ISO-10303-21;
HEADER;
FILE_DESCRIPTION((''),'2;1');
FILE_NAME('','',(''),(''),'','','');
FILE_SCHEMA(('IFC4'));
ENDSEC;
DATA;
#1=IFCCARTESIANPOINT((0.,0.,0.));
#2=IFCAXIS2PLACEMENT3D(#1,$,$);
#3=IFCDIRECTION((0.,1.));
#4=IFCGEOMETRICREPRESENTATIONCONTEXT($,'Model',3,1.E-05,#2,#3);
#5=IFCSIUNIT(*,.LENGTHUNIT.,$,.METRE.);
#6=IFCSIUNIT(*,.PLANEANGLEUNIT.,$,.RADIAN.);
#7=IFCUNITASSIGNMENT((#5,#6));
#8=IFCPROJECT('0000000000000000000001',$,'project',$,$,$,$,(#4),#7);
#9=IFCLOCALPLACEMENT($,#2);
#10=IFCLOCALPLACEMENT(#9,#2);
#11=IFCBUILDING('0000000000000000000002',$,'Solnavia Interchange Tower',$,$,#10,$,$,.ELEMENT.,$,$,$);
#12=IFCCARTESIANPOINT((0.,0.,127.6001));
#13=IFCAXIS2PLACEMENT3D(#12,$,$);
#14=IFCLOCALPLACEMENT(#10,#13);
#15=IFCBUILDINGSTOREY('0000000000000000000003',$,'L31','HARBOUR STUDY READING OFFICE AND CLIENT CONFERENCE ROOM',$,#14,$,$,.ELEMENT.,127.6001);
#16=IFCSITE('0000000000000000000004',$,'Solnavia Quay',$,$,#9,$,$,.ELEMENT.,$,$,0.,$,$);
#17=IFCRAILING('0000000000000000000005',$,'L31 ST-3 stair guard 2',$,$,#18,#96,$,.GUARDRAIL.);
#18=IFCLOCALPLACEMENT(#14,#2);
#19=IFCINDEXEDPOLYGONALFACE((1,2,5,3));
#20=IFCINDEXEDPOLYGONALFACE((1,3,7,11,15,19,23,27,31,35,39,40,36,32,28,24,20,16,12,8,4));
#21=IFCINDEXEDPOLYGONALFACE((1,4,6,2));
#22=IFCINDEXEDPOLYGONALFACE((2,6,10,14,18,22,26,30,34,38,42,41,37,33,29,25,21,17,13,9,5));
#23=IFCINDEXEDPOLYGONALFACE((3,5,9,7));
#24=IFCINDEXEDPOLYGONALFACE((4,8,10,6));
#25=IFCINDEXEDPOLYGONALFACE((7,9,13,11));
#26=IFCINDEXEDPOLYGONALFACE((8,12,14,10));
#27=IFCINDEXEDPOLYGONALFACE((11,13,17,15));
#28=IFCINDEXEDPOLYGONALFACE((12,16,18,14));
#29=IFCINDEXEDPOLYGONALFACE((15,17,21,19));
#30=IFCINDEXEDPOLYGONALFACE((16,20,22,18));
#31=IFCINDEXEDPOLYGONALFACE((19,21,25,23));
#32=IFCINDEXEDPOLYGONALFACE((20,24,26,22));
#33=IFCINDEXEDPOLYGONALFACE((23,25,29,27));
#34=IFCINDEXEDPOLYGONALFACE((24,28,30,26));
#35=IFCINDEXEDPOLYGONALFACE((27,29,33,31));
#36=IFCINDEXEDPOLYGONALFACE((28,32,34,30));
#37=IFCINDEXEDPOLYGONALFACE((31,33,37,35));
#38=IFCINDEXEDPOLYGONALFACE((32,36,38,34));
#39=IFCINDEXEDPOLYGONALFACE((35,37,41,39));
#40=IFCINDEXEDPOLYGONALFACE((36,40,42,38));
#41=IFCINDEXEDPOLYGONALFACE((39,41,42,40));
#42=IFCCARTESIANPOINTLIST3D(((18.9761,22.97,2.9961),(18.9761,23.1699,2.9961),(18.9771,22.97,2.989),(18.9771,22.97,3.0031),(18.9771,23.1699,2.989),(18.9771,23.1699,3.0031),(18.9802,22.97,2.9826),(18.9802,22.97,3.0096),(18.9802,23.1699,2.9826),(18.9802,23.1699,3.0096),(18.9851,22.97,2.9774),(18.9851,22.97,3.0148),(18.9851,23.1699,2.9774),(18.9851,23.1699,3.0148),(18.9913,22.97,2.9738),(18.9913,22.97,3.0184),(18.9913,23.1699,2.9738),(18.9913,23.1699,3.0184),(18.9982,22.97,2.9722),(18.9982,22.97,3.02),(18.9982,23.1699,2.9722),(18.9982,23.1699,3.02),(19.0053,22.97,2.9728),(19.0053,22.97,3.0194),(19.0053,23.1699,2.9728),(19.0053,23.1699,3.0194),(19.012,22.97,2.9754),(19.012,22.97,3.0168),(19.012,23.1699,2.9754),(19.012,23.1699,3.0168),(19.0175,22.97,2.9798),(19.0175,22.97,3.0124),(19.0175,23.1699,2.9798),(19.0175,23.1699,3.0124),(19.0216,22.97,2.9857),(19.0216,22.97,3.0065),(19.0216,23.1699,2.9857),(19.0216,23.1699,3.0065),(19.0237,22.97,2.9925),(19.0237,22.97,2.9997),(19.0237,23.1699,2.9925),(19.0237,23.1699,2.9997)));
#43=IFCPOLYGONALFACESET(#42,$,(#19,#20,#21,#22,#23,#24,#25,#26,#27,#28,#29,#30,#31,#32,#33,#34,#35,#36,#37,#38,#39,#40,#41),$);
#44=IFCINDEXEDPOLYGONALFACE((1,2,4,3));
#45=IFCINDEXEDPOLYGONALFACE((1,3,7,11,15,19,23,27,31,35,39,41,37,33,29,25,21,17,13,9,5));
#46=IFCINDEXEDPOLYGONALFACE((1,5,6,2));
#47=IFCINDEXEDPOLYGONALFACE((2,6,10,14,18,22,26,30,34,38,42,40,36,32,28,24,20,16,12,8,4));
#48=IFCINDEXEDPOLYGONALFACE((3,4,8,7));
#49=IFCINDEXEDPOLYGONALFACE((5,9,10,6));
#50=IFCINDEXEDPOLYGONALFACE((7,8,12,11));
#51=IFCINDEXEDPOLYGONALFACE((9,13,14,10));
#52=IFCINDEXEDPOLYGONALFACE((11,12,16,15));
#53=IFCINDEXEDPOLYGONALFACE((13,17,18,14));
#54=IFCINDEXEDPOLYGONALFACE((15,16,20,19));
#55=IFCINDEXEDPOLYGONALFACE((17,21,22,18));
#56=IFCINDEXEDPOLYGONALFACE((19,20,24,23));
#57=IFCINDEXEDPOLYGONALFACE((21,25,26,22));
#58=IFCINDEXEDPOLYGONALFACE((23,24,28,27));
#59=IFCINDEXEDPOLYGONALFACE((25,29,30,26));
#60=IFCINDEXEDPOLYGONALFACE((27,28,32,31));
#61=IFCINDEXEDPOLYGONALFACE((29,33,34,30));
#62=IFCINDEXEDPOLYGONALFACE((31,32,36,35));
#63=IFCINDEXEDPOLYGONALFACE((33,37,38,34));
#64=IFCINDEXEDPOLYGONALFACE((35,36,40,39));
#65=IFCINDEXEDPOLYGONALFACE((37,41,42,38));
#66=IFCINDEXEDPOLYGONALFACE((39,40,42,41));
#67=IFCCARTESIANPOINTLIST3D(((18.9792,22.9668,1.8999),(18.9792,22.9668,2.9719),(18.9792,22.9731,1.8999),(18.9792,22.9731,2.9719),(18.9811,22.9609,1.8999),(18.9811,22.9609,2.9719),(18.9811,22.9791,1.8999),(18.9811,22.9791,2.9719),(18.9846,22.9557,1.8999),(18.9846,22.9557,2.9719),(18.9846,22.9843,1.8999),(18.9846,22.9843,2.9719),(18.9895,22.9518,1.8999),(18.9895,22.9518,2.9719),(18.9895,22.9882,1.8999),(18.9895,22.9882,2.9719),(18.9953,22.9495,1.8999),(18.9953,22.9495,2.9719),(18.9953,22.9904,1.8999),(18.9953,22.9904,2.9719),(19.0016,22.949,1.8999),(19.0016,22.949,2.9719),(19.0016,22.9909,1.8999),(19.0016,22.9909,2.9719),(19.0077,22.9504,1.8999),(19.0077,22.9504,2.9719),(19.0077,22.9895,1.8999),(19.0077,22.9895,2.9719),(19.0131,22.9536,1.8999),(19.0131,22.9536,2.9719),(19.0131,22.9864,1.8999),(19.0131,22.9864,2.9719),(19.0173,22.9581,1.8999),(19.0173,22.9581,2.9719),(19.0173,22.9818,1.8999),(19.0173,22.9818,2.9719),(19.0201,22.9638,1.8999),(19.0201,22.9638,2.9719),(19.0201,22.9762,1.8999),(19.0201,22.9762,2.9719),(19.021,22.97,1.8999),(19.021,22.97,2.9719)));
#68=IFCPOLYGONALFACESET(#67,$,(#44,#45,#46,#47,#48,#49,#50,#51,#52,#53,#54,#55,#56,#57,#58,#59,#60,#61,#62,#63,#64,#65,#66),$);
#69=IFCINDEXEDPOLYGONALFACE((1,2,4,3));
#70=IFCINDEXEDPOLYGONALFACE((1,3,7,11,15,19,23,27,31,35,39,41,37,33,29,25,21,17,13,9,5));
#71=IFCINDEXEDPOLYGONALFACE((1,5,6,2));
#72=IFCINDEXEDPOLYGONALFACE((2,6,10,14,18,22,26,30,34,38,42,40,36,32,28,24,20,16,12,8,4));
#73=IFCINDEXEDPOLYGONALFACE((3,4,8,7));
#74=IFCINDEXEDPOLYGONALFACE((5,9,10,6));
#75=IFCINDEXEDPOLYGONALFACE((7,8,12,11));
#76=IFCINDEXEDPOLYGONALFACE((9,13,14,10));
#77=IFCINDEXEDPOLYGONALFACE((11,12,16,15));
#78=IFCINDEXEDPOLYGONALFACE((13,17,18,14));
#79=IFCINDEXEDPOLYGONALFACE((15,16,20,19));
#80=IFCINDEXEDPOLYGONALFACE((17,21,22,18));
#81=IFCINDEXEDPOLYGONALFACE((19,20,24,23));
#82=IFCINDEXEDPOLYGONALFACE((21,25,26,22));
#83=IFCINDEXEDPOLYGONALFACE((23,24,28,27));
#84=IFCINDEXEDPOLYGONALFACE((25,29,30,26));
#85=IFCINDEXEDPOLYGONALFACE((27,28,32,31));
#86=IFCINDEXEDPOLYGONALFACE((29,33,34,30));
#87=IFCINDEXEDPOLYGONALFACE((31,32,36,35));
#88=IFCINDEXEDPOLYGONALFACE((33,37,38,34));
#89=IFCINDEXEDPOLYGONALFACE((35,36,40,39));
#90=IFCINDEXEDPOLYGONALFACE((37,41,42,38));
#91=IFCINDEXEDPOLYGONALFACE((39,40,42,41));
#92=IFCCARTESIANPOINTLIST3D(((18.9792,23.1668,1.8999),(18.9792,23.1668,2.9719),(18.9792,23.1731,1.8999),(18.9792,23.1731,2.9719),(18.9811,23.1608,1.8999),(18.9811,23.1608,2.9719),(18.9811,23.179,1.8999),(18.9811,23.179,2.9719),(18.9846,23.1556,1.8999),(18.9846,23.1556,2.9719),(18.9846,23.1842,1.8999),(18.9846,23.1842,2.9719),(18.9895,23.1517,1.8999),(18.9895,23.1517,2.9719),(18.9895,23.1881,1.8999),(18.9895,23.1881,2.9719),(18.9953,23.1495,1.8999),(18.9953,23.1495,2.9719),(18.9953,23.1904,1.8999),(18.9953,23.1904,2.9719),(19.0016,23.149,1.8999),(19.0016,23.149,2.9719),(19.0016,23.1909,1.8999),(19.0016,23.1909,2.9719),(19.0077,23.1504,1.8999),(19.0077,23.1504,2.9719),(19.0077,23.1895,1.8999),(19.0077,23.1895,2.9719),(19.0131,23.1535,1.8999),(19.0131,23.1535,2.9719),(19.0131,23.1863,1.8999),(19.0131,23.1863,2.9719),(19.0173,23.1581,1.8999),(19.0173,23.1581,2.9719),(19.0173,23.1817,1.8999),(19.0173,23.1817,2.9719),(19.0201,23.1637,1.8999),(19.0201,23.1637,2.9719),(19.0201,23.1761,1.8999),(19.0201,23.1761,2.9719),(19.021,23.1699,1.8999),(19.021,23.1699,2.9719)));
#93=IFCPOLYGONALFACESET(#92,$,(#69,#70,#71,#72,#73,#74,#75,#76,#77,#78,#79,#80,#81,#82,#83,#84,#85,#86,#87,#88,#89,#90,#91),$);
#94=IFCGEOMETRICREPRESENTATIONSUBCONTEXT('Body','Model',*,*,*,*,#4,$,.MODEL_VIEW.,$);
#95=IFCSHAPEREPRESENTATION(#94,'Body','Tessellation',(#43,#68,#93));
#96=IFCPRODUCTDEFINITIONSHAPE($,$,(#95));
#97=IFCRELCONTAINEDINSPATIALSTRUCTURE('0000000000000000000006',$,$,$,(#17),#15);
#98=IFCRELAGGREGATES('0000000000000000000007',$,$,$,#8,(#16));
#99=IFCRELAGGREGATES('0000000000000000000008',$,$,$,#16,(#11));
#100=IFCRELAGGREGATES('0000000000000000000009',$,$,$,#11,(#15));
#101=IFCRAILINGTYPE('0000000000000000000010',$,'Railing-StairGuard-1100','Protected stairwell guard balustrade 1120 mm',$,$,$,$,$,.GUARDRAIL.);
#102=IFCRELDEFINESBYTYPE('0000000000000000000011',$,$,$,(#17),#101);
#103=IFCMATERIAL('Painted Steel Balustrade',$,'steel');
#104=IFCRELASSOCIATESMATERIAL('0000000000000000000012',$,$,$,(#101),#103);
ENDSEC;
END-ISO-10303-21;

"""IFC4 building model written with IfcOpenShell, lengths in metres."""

from ifc_helpers import new_model, si_unit, direction, frame, origin, origin_2d, place, context, subcontext, project, spatial, circle, extrude, material, type_object, element, save


model = new_model("IFC4")

# Units and contexts
model_context = context("Model", 3, precision=1e-05, world=origin(), true_north=direction((0.0, 1.0)))
body_context = subcontext(model_context, "Body", "Model", "MODEL_VIEW")
ifc_project = project(units=[si_unit("LENGTHUNIT", "METRE"), si_unit("PLANEANGLEUNIT", "RADIAN")], contexts=[model_context])

# Site, building, storey
site_placement = place(None, origin())
site = spatial("IfcSite", under=ifc_project, at=site_placement, Name="Solnavia Quay", CompositionType="ELEMENT", RefElevation=0.0)
building_placement = place(site_placement, origin())
building = spatial("IfcBuilding", under=site, at=building_placement, Name="Solnavia Interchange Tower", CompositionType="ELEMENT")
storey_placement = place(building_placement, frame((0.0, 0.0, 127.6001)))
storey = spatial("IfcBuildingStorey", under=building, at=storey_placement, Name="L31", Description="HARBOUR STUDY READING OFFICE AND CLIENT CONFERENCE ROOM", CompositionType="ELEMENT", Elevation=127.6001)

# Railing
ifc_material_1 = material(Name="Painted Steel Balustrade", Category="steel")
railing_type_1 = type_object("IfcRailingType", Name="Railing-StairGuard-1100", Description="Protected stairwell guard balustrade 1120 mm", PredefinedType="GUARDRAIL", material=ifc_material_1)
railing_1_placement = place(storey_placement, frame((19.0, 22.97, 1.8999)))
element("IfcRailing", 1, at=railing_1_placement, inside=storey, type_object=railing_type_1, Name="L31 ST-3 stair guard 2", PredefinedType="GUARDRAIL", context=body_context, shape_type="SweptSolid", body=[
    extrude(circle(Radius=0.0239, at=origin_2d()), frame((0.0, 0.0, 1.0962), z_axis=(0.0, 1.0, 0.0), x_axis=(-1.0, 0.0, 0.0)), (0.0, 0.0, 1.0), 0.2),
    extrude(circle(Radius=0.021, at=origin_2d()), origin(), (0.0, 0.0, 1.0), 1.072),
    extrude(circle(Radius=0.021, at=origin_2d()), frame((0.0, 0.2, 0.0)), (0.0, 0.0, 1.0), 1.072),
])

save(model, "model.ifc")
